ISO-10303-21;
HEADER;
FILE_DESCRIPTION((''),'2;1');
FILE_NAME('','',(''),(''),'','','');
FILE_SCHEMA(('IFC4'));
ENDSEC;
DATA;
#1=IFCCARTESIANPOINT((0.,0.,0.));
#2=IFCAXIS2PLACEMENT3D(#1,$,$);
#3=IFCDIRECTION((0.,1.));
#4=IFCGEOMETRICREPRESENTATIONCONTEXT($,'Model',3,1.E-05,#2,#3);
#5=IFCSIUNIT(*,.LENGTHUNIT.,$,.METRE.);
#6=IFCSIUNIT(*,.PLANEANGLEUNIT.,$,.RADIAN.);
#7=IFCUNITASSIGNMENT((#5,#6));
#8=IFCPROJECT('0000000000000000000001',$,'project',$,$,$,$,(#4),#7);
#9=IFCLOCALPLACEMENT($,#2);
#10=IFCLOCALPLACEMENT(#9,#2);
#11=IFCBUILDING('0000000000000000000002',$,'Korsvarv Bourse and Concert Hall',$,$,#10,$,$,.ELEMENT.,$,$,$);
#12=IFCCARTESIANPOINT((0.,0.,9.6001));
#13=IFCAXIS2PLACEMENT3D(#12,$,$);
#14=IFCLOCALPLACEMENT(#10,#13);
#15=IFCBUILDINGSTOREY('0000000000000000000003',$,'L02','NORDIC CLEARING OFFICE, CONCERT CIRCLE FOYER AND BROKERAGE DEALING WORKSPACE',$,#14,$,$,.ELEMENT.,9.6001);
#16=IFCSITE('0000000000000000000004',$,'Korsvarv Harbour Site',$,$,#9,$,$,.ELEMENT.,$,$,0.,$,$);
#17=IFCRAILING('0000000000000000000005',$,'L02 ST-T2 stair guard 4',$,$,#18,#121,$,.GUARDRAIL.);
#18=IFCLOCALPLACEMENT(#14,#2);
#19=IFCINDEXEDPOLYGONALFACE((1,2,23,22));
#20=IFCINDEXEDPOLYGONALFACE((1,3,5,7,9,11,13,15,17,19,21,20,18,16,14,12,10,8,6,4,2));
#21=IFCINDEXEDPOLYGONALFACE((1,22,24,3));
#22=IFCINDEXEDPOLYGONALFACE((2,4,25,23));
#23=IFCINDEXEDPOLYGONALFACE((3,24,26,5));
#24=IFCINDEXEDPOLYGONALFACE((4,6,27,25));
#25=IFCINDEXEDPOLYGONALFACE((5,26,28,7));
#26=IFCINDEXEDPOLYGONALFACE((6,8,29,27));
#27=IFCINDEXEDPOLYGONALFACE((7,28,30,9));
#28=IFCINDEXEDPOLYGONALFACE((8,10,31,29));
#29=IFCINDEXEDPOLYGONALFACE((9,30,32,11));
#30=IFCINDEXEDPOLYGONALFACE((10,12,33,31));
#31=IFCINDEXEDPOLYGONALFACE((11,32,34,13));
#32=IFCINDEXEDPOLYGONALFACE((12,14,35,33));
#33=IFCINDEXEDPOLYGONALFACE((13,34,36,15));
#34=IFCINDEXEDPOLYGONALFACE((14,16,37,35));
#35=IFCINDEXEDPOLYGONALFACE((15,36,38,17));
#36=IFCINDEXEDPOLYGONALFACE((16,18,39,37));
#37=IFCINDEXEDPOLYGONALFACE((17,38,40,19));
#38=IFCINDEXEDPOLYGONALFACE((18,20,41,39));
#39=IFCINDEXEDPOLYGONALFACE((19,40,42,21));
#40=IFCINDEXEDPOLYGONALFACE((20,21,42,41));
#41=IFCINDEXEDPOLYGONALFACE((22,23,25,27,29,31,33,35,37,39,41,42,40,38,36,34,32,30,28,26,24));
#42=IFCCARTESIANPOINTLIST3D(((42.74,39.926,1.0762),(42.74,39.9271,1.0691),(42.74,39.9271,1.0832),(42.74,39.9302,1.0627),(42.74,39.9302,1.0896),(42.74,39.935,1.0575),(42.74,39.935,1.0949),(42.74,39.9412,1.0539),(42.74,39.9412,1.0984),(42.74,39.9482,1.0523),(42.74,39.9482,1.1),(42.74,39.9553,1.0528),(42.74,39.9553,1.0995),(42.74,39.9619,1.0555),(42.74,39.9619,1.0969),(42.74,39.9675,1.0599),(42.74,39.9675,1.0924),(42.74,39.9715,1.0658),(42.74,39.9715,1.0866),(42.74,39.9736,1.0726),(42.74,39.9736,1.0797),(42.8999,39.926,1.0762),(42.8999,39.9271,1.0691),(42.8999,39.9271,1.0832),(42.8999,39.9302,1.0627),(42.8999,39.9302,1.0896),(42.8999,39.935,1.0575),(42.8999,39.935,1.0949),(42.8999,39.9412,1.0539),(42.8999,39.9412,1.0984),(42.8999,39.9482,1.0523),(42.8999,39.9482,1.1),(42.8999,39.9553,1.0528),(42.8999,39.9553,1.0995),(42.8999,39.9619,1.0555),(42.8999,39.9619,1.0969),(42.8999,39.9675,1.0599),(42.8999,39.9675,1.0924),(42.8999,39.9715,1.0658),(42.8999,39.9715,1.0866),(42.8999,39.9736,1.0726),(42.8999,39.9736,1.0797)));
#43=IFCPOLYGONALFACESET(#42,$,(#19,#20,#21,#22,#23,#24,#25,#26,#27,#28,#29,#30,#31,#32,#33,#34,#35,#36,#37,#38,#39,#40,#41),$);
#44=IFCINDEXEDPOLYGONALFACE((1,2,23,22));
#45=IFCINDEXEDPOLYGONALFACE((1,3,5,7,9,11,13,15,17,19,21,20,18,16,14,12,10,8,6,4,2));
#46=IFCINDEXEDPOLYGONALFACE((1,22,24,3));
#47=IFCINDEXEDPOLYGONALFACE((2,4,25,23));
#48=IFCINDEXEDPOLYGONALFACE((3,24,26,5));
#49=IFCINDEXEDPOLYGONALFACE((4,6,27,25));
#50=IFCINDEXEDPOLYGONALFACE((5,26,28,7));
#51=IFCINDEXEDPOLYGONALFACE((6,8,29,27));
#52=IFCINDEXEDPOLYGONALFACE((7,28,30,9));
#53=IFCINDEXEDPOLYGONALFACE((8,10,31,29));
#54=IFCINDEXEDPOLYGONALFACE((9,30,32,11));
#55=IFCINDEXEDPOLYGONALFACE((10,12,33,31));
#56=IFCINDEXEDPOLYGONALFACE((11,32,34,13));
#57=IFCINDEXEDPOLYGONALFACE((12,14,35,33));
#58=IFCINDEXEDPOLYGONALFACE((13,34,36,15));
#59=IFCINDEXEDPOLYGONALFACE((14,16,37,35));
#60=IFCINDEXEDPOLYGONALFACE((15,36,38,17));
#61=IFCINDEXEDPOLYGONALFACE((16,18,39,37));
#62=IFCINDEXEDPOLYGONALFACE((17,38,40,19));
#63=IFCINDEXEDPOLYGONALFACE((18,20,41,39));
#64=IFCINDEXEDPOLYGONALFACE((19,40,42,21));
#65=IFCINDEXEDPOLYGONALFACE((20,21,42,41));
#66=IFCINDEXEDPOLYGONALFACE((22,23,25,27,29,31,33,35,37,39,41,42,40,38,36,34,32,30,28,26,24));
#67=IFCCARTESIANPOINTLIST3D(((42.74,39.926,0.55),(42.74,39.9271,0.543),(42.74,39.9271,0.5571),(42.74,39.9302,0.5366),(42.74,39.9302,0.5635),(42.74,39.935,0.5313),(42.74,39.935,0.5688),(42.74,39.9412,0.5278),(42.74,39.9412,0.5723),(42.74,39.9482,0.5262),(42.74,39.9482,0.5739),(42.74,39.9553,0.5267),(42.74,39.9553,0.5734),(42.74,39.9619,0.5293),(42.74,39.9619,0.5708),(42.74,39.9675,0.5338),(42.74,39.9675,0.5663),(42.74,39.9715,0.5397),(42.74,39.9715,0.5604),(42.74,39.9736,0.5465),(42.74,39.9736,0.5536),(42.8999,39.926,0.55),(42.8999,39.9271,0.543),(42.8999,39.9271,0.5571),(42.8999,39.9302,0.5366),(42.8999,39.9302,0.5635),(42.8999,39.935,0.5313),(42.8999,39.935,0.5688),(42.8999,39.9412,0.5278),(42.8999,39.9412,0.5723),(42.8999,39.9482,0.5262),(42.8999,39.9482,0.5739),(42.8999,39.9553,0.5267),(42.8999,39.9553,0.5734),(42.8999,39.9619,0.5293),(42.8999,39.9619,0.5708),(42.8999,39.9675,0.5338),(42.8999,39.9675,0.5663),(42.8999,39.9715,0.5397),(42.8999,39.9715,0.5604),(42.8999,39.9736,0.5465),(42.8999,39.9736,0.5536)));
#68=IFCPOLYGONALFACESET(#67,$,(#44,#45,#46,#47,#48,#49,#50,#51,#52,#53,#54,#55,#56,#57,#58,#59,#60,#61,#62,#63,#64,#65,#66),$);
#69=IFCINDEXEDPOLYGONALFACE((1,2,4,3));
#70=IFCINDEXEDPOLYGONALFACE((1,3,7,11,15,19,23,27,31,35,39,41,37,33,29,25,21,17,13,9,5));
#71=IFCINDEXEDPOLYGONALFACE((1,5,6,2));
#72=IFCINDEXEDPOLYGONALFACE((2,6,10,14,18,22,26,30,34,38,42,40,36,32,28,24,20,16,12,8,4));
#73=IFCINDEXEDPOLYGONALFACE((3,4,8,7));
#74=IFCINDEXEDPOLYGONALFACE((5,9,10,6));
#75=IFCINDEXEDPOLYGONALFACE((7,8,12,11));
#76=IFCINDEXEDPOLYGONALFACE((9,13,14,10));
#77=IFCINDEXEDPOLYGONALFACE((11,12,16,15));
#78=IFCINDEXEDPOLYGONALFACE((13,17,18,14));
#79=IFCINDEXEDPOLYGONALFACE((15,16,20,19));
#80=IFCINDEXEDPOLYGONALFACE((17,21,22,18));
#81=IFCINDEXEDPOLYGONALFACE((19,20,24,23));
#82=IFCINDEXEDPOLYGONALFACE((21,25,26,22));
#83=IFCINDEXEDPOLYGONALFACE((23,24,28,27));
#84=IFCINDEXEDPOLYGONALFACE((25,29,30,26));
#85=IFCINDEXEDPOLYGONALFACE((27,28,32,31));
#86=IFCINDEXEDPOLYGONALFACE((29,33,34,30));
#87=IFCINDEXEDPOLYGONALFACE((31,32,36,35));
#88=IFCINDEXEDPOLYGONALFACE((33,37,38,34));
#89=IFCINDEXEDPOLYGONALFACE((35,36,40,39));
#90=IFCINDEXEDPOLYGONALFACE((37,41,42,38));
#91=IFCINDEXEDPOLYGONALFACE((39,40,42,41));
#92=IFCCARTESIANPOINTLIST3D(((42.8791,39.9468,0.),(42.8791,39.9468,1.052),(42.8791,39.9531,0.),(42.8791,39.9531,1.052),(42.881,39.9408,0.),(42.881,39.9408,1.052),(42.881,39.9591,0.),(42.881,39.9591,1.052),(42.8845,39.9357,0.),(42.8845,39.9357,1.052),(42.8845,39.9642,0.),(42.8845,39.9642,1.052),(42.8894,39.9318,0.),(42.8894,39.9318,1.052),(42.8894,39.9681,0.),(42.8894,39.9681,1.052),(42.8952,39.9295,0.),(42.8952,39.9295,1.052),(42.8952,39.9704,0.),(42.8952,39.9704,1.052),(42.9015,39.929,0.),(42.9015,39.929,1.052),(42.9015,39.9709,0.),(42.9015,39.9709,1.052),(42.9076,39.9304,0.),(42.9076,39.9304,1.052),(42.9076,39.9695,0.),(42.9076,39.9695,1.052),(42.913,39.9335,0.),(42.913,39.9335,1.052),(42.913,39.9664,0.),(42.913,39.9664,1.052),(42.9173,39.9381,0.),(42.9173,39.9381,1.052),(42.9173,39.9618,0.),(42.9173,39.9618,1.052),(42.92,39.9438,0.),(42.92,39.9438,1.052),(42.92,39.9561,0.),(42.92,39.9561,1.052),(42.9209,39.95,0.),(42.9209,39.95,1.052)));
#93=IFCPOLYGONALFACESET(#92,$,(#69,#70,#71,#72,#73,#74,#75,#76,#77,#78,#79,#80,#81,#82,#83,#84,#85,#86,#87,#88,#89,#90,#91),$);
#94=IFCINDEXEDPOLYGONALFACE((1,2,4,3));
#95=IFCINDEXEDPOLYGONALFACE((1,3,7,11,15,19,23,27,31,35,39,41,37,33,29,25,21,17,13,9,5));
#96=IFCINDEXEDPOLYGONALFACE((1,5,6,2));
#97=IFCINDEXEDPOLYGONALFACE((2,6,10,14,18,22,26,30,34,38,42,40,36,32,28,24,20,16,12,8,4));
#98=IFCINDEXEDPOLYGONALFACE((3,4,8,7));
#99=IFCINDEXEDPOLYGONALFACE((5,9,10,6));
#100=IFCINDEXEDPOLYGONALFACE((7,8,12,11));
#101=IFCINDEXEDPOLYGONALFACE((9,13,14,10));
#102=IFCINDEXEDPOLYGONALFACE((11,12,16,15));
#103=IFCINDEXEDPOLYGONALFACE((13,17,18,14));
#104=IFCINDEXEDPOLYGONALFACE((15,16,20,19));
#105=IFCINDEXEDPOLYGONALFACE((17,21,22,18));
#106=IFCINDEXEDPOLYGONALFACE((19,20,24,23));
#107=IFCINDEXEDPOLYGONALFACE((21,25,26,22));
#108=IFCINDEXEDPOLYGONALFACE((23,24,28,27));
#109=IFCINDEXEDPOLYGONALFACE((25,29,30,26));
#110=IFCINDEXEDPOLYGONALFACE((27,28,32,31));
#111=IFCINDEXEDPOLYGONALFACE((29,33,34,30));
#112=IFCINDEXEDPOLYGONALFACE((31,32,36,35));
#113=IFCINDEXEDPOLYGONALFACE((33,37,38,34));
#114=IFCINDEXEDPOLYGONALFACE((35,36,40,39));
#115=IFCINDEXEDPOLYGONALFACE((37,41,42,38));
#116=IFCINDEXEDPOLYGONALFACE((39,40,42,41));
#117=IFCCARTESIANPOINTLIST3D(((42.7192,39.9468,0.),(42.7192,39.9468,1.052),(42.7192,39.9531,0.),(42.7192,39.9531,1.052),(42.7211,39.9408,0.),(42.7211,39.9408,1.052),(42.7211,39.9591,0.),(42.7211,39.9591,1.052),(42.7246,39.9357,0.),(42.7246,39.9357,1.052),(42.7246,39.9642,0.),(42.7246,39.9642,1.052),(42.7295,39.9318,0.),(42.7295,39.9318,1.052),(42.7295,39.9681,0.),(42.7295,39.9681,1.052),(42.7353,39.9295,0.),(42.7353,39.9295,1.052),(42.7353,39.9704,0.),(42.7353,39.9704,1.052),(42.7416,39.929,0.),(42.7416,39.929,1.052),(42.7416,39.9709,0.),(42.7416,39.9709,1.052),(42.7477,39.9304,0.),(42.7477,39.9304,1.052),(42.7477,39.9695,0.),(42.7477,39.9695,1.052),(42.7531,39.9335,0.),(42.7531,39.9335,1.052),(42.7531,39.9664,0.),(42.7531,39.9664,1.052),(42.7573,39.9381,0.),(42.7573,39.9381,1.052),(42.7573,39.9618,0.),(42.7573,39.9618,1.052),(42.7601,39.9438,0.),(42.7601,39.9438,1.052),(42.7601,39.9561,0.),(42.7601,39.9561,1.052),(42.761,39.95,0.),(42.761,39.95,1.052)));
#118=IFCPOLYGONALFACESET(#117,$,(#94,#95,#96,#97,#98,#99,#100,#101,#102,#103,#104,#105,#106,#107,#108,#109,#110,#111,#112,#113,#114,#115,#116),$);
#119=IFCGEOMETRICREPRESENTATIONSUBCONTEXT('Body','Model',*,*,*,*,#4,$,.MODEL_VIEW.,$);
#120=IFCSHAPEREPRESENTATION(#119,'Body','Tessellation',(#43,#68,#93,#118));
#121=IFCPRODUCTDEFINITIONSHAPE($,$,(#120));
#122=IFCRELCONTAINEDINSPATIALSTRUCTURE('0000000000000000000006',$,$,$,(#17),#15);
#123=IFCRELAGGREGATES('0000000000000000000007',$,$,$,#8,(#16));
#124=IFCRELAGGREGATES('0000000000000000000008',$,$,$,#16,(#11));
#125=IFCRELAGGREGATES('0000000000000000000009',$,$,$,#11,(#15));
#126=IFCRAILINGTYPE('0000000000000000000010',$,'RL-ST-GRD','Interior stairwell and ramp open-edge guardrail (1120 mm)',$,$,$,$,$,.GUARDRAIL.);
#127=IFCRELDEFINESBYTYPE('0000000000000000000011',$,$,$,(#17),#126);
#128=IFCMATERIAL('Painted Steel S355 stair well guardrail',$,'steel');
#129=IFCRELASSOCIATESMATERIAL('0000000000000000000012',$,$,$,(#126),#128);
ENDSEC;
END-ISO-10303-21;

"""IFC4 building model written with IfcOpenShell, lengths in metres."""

from ifc_helpers import new_model, si_unit, direction, frame, origin, origin_2d, place, context, subcontext, project, spatial, circle, extrude, material, type_object, element, save


model = new_model("IFC4")

# Units and contexts
model_context = context("Model", 3, precision=1e-05, world=origin(), true_north=direction((0.0, 1.0)))
body_context = subcontext(model_context, "Body", "Model", "MODEL_VIEW")
ifc_project = project(units=[si_unit("LENGTHUNIT", "METRE"), si_unit("PLANEANGLEUNIT", "RADIAN")], contexts=[model_context])

# Site, building, storey
site_placement = place(None, origin())
site = spatial("IfcSite", under=ifc_project, at=site_placement, Name="Korsvarv Harbour Site", CompositionType="ELEMENT", RefElevation=0.0)
building_placement = place(site_placement, origin())
building = spatial("IfcBuilding", under=site, at=building_placement, Name="Korsvarv Bourse and Concert Hall", CompositionType="ELEMENT")
storey_placement = place(building_placement, frame((0.0, 0.0, 9.6001)))
storey = spatial("IfcBuildingStorey", under=building, at=storey_placement, Name="L02", Description="NORDIC CLEARING OFFICE, CONCERT CIRCLE FOYER AND BROKERAGE DEALING WORKSPACE", CompositionType="ELEMENT", Elevation=9.6001)

# Railing
ifc_material_1 = material(Name="Painted Steel S355 stair well guardrail", Category="steel")
railing_type_1 = type_object("IfcRailingType", Name="RL-ST-GRD", Description="Interior stairwell and ramp open-edge guardrail (1120 mm)", PredefinedType="GUARDRAIL", material=ifc_material_1)
railing_1_placement = place(storey_placement, frame((42.8999, 39.95, 0.0)))
element("IfcRailing", 1, at=railing_1_placement, inside=storey, type_object=railing_type_1, Name="L02 ST-T2 stair guard 4", PredefinedType="GUARDRAIL", context=body_context, shape_type="SweptSolid", body=[
    extrude(circle(Radius=0.0239, at=origin_2d()), frame((0.0, 0.0, 1.0762), z_axis=(-1.0, 0.0, 0.0), x_axis=(0.0, -1.0, 0.0)), (0.0, 0.0, 1.0), 0.1599),
    extrude(circle(Radius=0.0239, at=origin_2d()), frame((0.0, 0.0, 0.55), z_axis=(-1.0, 0.0, 0.0), x_axis=(0.0, -1.0, 0.0)), (0.0, 0.0, 1.0), 0.1599),
    extrude(circle(Radius=0.021, at=origin_2d()), origin(), (0.0, 0.0, 1.0), 1.052),
    extrude(circle(Radius=0.021, at=origin_2d()), frame((-0.1599, 0.0, 0.0)), (0.0, 0.0, 1.0), 1.052),
])

save(model, "model.ifc")
